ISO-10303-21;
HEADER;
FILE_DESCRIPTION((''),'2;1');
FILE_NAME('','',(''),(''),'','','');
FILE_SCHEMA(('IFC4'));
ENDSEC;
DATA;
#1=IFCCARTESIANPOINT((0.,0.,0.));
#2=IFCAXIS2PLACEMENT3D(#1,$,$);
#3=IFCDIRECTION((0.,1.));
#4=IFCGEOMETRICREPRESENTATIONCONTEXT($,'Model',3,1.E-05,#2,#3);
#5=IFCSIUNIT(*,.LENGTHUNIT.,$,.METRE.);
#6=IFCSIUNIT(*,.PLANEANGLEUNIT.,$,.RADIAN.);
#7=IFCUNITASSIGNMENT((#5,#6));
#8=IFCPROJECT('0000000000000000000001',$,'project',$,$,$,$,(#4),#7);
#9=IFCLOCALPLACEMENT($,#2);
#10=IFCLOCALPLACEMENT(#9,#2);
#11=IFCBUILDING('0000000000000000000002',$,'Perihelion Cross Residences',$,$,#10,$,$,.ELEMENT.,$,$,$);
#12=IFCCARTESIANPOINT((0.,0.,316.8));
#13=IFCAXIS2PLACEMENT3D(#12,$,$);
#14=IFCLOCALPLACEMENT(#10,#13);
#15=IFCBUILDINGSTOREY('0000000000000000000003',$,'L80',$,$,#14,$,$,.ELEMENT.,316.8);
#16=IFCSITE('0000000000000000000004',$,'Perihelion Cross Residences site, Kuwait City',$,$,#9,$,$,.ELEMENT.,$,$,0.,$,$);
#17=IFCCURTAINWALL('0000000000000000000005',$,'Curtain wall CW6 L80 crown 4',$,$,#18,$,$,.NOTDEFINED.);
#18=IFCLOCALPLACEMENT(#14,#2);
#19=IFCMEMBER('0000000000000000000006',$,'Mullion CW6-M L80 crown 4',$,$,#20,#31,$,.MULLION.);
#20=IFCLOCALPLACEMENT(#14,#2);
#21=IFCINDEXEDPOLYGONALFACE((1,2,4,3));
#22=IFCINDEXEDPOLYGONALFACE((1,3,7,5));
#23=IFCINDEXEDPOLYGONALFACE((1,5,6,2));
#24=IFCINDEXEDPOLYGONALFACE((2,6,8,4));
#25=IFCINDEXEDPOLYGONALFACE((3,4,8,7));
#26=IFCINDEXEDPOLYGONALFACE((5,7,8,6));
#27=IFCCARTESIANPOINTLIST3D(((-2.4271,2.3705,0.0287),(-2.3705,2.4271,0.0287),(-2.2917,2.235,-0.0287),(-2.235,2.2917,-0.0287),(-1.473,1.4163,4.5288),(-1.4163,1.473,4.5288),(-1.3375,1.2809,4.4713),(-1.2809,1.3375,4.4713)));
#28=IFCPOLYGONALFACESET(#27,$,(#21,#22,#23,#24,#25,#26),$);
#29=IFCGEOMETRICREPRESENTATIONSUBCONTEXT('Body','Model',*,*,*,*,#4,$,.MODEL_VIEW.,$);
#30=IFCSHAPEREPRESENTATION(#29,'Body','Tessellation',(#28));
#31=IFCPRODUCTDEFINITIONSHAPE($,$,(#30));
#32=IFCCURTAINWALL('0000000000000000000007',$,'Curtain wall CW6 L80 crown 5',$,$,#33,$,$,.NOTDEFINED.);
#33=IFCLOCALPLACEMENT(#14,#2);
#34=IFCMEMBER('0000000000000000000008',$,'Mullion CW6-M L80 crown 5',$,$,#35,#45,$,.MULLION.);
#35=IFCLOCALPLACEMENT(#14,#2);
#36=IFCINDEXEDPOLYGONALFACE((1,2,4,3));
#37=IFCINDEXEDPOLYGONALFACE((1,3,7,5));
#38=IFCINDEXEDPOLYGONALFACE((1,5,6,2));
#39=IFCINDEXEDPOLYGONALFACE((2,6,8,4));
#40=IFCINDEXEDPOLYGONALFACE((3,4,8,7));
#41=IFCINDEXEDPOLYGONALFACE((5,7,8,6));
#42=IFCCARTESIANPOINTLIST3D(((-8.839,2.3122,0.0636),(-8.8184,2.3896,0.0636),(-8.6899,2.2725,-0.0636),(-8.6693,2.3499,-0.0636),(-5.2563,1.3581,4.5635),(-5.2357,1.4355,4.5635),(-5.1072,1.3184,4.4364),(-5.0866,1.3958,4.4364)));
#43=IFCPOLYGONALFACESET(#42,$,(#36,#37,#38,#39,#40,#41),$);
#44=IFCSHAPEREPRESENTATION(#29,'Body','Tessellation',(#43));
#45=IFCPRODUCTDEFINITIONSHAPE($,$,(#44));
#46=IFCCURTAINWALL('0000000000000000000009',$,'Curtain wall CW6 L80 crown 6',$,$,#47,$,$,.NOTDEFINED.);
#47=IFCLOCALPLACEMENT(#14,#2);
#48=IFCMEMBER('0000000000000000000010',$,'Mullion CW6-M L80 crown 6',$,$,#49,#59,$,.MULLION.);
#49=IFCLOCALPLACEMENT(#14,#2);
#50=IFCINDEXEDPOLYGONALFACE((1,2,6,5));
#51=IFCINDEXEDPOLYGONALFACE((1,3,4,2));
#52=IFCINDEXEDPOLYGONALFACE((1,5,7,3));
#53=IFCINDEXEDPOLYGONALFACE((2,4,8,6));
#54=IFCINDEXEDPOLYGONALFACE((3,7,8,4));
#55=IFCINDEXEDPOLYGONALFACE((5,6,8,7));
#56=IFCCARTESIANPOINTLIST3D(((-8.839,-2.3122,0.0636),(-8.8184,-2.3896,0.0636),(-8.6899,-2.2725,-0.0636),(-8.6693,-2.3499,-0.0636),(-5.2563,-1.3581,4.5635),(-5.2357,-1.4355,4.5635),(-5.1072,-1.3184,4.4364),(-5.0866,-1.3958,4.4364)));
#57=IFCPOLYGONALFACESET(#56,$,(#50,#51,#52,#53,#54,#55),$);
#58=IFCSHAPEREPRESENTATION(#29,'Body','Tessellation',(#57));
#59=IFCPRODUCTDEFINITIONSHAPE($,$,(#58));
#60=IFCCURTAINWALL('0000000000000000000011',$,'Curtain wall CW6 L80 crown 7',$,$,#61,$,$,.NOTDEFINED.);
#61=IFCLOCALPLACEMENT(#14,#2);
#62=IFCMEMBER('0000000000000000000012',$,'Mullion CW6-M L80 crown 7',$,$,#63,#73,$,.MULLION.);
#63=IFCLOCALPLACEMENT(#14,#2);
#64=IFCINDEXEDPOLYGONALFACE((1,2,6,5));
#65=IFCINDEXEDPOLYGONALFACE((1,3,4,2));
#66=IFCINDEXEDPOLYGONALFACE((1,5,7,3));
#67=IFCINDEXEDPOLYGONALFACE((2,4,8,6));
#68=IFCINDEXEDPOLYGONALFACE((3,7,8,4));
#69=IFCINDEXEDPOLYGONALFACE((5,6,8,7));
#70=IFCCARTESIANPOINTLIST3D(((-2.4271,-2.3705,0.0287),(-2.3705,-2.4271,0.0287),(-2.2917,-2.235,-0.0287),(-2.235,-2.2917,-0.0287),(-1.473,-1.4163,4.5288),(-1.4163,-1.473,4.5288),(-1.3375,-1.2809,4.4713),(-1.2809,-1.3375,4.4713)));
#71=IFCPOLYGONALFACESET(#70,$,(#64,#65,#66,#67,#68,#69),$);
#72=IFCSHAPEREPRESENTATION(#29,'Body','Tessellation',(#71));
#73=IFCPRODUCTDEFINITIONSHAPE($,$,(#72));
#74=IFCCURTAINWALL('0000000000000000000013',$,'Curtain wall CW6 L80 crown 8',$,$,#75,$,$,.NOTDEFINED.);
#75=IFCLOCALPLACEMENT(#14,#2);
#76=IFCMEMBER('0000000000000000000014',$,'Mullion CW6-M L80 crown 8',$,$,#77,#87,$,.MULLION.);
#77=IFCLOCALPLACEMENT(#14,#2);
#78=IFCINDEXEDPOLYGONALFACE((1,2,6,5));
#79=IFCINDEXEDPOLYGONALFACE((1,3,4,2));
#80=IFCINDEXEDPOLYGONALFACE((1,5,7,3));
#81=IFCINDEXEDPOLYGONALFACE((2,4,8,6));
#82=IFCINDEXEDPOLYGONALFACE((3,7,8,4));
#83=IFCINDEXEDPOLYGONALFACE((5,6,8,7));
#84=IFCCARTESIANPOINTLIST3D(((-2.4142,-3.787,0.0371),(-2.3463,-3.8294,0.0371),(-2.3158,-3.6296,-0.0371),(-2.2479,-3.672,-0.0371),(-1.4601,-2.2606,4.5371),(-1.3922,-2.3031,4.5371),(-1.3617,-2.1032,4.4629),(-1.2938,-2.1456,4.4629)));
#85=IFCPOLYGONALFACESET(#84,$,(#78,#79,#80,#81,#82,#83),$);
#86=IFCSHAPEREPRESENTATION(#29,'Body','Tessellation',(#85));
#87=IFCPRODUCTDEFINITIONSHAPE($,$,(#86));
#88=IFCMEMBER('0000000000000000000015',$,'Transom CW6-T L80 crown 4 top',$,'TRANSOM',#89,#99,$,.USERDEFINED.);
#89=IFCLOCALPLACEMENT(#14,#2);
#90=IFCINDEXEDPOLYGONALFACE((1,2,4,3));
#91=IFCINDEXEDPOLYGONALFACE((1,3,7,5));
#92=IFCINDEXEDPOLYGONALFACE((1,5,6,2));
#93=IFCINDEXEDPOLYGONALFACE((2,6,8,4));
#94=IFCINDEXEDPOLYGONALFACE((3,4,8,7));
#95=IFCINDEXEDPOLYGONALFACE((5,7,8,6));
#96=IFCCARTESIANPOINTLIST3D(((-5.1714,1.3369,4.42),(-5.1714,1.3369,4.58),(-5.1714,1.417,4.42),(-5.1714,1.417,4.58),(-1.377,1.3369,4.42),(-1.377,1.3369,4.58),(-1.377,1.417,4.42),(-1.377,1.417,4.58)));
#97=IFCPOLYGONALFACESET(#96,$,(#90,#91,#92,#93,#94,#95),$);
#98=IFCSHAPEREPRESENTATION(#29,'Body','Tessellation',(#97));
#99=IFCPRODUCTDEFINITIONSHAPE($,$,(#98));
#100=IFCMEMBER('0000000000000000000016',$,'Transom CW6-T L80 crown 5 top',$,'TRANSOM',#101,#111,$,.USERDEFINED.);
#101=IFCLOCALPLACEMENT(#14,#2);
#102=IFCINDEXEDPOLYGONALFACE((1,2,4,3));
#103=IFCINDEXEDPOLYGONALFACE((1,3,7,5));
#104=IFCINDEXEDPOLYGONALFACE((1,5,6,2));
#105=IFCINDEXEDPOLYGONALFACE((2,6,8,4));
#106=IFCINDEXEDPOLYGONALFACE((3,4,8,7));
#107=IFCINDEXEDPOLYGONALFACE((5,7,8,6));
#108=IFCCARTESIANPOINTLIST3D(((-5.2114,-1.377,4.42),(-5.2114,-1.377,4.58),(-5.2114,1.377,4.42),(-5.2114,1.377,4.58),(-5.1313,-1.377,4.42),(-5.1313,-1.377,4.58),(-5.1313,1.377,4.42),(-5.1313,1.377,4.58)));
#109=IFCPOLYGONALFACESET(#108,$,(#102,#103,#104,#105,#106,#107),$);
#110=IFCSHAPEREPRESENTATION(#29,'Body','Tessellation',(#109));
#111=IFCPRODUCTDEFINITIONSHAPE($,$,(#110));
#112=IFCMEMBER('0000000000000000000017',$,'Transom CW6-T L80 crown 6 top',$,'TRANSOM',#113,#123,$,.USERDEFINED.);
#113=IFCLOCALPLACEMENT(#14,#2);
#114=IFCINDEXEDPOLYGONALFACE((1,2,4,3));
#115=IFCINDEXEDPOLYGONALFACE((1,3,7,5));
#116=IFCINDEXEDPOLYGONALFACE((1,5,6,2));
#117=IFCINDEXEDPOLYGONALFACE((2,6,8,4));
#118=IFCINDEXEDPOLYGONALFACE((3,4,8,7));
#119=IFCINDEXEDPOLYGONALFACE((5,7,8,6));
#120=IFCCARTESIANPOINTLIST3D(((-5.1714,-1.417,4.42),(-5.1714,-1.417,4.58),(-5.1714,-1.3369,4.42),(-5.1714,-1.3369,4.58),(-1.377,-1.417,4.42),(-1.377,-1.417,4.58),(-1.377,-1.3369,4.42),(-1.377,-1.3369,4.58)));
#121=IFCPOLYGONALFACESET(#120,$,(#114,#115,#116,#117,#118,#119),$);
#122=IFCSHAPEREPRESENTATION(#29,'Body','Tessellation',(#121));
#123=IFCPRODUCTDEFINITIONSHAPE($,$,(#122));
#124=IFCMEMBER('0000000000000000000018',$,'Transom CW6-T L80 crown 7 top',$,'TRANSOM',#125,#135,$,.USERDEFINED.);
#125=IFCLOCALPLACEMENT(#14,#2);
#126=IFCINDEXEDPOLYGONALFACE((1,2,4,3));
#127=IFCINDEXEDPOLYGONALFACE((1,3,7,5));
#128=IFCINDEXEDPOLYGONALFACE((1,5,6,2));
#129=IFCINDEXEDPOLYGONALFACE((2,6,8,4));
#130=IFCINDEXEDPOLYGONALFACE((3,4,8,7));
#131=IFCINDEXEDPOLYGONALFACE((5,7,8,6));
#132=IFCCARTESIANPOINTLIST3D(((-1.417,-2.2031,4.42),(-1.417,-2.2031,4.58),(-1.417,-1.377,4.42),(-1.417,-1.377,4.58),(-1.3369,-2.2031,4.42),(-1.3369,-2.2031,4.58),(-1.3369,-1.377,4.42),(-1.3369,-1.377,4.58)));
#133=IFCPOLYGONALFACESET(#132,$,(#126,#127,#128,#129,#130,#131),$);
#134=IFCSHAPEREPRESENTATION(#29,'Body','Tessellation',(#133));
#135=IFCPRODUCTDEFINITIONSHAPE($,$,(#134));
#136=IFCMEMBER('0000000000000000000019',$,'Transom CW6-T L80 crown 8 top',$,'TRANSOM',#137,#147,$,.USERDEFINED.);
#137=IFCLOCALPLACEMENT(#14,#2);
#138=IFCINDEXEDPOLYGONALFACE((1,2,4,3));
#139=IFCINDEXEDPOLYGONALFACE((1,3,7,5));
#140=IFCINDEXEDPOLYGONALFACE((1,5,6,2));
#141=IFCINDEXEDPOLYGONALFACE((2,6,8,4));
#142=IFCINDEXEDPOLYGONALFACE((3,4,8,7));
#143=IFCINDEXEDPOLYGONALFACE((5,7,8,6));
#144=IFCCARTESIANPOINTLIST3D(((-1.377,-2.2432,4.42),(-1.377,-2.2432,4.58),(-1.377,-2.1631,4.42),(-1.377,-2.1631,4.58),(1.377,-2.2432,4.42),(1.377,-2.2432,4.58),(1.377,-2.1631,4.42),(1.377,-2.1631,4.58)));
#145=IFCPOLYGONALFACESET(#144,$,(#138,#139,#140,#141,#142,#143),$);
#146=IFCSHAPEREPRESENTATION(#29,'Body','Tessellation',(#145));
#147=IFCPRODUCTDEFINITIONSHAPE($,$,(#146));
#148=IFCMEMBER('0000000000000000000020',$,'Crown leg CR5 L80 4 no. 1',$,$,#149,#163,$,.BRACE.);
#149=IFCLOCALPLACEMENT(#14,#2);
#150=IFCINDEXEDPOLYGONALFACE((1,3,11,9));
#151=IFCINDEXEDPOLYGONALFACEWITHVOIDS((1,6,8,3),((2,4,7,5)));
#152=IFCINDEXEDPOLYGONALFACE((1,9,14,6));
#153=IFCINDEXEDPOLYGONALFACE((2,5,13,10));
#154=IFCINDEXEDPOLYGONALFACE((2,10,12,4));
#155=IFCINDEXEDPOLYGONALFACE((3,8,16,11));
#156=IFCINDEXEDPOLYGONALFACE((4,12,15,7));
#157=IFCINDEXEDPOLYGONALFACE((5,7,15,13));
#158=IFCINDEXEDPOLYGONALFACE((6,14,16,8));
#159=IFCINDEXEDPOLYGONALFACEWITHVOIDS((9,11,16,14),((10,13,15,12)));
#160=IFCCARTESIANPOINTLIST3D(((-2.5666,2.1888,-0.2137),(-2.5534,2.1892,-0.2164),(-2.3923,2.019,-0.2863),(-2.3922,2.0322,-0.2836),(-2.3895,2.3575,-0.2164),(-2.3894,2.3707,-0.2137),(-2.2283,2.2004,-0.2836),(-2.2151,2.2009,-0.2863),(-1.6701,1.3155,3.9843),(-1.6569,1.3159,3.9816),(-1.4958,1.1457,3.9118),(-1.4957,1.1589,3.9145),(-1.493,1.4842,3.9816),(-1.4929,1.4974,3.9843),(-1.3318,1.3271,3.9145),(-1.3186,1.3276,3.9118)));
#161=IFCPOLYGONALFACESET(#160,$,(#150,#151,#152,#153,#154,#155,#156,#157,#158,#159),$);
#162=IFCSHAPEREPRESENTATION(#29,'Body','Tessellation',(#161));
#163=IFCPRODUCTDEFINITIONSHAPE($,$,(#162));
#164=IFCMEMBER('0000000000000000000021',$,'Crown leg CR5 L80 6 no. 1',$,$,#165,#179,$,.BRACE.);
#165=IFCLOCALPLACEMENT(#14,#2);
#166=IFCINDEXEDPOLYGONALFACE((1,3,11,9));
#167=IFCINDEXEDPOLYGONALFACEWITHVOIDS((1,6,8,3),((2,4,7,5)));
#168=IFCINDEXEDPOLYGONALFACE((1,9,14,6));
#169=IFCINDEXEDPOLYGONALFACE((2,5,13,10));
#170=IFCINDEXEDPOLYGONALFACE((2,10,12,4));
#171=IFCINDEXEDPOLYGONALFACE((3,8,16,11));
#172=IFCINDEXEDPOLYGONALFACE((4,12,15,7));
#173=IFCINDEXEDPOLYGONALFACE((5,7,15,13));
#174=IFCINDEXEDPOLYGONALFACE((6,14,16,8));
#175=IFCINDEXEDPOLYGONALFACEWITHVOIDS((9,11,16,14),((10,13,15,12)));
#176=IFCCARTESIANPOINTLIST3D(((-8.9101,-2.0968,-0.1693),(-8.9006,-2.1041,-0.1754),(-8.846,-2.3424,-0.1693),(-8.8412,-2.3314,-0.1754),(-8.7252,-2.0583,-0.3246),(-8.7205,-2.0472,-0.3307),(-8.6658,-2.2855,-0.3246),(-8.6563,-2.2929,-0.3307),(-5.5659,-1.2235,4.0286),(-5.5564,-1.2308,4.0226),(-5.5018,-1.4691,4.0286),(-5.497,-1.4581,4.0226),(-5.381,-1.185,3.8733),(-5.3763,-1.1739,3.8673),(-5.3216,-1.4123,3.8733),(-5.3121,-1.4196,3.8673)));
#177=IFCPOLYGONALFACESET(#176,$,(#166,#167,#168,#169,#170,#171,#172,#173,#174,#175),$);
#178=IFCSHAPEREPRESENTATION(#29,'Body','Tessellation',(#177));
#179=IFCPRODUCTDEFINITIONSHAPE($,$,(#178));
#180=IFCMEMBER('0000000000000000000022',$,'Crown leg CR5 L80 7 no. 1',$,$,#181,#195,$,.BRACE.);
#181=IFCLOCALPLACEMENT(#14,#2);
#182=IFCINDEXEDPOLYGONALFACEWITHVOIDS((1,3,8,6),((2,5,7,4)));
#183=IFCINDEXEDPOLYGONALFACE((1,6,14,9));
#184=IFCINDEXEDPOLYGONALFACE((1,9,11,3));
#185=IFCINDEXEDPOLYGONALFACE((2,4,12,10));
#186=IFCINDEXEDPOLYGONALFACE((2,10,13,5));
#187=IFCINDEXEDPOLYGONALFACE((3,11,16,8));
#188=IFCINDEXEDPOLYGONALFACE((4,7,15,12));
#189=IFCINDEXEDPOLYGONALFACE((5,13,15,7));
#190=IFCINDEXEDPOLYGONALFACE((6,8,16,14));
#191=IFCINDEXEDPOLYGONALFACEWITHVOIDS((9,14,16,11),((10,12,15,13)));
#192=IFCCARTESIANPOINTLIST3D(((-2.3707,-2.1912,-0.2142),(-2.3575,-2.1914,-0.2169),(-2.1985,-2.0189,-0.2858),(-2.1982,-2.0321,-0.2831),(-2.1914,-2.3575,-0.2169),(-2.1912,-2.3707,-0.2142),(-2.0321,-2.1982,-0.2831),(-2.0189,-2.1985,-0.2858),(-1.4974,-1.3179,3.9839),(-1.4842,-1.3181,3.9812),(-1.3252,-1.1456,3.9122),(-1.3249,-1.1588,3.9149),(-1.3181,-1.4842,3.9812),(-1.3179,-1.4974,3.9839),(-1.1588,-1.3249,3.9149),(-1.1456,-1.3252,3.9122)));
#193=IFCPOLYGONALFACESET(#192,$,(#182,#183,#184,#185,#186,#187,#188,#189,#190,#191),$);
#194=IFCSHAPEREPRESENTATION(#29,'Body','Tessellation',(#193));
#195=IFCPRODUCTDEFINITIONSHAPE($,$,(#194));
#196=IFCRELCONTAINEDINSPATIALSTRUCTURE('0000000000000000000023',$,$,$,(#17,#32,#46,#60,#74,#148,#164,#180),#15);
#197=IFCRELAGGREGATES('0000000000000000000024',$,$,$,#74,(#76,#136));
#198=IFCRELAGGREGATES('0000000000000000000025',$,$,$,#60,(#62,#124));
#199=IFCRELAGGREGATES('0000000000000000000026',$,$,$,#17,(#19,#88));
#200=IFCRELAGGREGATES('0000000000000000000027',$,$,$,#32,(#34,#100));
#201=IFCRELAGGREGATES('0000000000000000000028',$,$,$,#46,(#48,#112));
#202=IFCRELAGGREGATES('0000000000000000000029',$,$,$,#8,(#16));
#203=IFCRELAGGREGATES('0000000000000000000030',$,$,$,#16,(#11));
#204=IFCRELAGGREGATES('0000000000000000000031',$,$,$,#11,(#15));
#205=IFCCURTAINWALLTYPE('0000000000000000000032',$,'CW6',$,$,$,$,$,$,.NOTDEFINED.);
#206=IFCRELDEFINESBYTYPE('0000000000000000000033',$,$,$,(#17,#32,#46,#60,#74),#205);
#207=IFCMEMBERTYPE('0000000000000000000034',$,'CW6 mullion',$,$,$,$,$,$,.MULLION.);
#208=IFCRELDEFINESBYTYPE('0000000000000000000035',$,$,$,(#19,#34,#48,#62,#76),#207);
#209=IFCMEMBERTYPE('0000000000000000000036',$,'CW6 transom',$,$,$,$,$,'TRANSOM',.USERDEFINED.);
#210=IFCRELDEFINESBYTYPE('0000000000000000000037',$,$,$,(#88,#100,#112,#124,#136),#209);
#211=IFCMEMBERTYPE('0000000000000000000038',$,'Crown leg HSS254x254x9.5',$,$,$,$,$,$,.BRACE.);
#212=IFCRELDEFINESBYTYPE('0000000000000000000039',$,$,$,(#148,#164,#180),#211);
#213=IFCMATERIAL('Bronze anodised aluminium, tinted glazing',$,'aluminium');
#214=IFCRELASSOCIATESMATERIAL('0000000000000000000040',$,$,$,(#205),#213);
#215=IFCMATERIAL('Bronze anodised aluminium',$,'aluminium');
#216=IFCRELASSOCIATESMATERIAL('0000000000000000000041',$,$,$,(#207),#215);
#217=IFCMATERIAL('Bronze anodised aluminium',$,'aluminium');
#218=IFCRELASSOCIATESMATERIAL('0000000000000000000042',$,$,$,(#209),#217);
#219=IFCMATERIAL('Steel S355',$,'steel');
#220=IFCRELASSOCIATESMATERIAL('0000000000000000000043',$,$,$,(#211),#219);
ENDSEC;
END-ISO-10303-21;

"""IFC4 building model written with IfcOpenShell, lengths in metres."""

from ifc_helpers import new_model, si_unit, direction, frame, origin, origin_2d, place, context, subcontext, project, spatial, rectangle, hollow_rectangle, extrude, material, material_profile, profile_set, type_object, element, aggregate, save


model = new_model("IFC4")

# Units and contexts
model_context = context("Model", 3, precision=1e-05, world=origin(), true_north=direction((0.0, 1.0)))
body_context = subcontext(model_context, "Body", "Model", "MODEL_VIEW")
ifc_project = project(units=[si_unit("LENGTHUNIT", "METRE"), si_unit("PLANEANGLEUNIT", "RADIAN")], contexts=[model_context])

# Site, building, storey
site_placement = place(None, origin())
site = spatial("IfcSite", under=ifc_project, at=site_placement, Name="Perihelion Cross Residences site, Kuwait City", CompositionType="ELEMENT", RefElevation=0.0)
building_placement = place(site_placement, origin())
building = spatial("IfcBuilding", under=site, at=building_placement, Name="Perihelion Cross Residences", CompositionType="ELEMENT")
storey_placement = place(building_placement, frame((0.0, 0.0, 316.8)))
storey = spatial("IfcBuildingStorey", under=building, at=storey_placement, Name="L80", CompositionType="ELEMENT", Elevation=316.8)

# Curtain walls, members
ifc_material_1 = material(Name="Bronze anodised aluminium, tinted glazing", Category="aluminium")
curtain_wall_type = type_object("IfcCurtainWallType", Name="CW6", PredefinedType="NOTDEFINED", material=ifc_material_1)
curtain_wall_1_placement = place(storey_placement, origin())
curtain_wall_1 = element("IfcCurtainWall", 1, at=curtain_wall_1_placement, inside=storey, type_object=curtain_wall_type, Name="Curtain wall CW6 L80 crown 4", PredefinedType="NOTDEFINED")
ifc_material_2 = material(Name="Bronze anodised aluminium", Category="aluminium")
ifc_material_profile_1 = material_profile(ifc_material_2, rectangle(XDim=0.0801, YDim=0.2, at=origin_2d()), Name="CW6 mullion")
ifc_profile_set_1 = profile_set([ifc_material_profile_1], Name="Bronze anodised aluminium")
member_type_1 = type_object("IfcMemberType", Name="CW6 mullion", PredefinedType="MULLION", material=ifc_profile_set_1)
member_1_placement = place(storey_placement, frame((-2.3311, 2.3311, 0.0), z_axis=(0.203089, -0.203089, 0.957867), x_axis=(0.707107, 0.707107, 0.0)))
member_1 = element("IfcMember", 2, at=member_1_placement, type_object=member_type_1, Name="Mullion CW6-M L80 crown 4", PredefinedType="MULLION", context=body_context, shape_type="SweptSolid", body=[
    extrude(rectangle(XDim=0.0801, YDim=0.2, at=origin_2d()), origin(), (0.0, 0.0, 1.0), 4.698),
])
curtain_wall_2_placement = place(storey_placement, origin())
curtain_wall_2 = element("IfcCurtainWall", 3, at=curtain_wall_2_placement, inside=storey, type_object=curtain_wall_type, Name="Curtain wall CW6 L80 crown 5", PredefinedType="NOTDEFINED")
member_2_placement = place(storey_placement, frame((-8.7542, 2.3311, 0.0), z_axis=(0.61447, -0.163635, 0.771783), x_axis=(0.257335, 0.966322, 0.0)))
member_2 = element("IfcMember", 4, at=member_2_placement, type_object=member_type_1, Name="Mullion CW6-M L80 crown 5", PredefinedType="MULLION", context=body_context, shape_type="SweptSolid", body=[
    extrude(rectangle(XDim=0.0801, YDim=0.2, at=origin_2d()), origin(), (0.0, 0.0, 1.0), 5.8306),
])
curtain_wall_3_placement = place(storey_placement, origin())
curtain_wall_3 = element("IfcCurtainWall", 5, at=curtain_wall_3_placement, inside=storey, type_object=curtain_wall_type, Name="Curtain wall CW6 L80 crown 6", PredefinedType="NOTDEFINED")
member_3_placement = place(storey_placement, frame((-8.7542, -2.3311, 0.0), z_axis=(0.61447, 0.163635, 0.771783), x_axis=(-0.257335, 0.966322, 0.0)))
member_3 = element("IfcMember", 6, at=member_3_placement, type_object=member_type_1, Name="Mullion CW6-M L80 crown 6", PredefinedType="MULLION", context=body_context, shape_type="SweptSolid", body=[
    extrude(rectangle(XDim=0.0801, YDim=0.2, at=origin_2d()), origin(), (0.0, 0.0, 1.0), 5.8306),
])
curtain_wall_4_placement = place(storey_placement, origin())
curtain_wall_4 = element("IfcCurtainWall", 7, at=curtain_wall_4_placement, inside=storey, type_object=curtain_wall_type, Name="Curtain wall CW6 L80 crown 7", PredefinedType="NOTDEFINED")
member_4_placement = place(storey_placement, frame((-2.3311, -2.3311, 0.0), z_axis=(0.203089, 0.203089, 0.957867), x_axis=(-0.707107, 0.707107, 0.0)))
member_4 = element("IfcMember", 8, at=member_4_placement, type_object=member_type_1, Name="Mullion CW6-M L80 crown 7", PredefinedType="MULLION", context=body_context, shape_type="SweptSolid", body=[
    extrude(rectangle(XDim=0.0801, YDim=0.2, at=origin_2d()), origin(), (0.0, 0.0, 1.0), 4.698),
])
curtain_wall_5_placement = place(storey_placement, origin())
curtain_wall_5 = element("IfcCurtainWall", 9, at=curtain_wall_5_placement, inside=storey, type_object=curtain_wall_type, Name="Curtain wall CW6 L80 crown 8", PredefinedType="NOTDEFINED")
member_5_placement = place(storey_placement, frame((-2.3311, -3.7295, 0.0), z_axis=(0.196858, 0.314932, 0.928475), x_axis=(-0.847968, 0.530048, 0.0)))
member_5 = element("IfcMember", 10, at=member_5_placement, type_object=member_type_1, Name="Mullion CW6-M L80 crown 8", PredefinedType="MULLION", context=body_context, shape_type="SweptSolid", body=[
    extrude(rectangle(XDim=0.0801, YDim=0.2, at=origin_2d()), origin(), (0.0, 0.0, 1.0), 4.8467),
])

# Members
ifc_material_3 = material(Name="Bronze anodised aluminium", Category="aluminium")
ifc_material_profile_2 = material_profile(ifc_material_3, rectangle(XDim=0.0801, YDim=0.1599, at=origin_2d()), Name="CW6 transom")
ifc_profile_set_2 = profile_set([ifc_material_profile_2], Name="Bronze anodised aluminium")
member_type_2 = type_object("IfcMemberType", Name="CW6 transom", ElementType="TRANSOM", PredefinedType="USERDEFINED", material=ifc_profile_set_2)
member_6_placement = place(storey_placement, frame((-1.377, 1.377, 4.5), z_axis=(-1.0, 0.0, 0.0), x_axis=(0.0, -1.0, 0.0)))
member_6 = element("IfcMember", 11, at=member_6_placement, type_object=member_type_2, Name="Transom CW6-T L80 crown 4 top", ObjectType="TRANSOM", PredefinedType="USERDEFINED", context=body_context, shape_type="SweptSolid", body=[
    extrude(rectangle(XDim=0.0801, YDim=0.1599, at=origin_2d()), origin(), (0.0, 0.0, 1.0), 3.7944),
])
member_7_placement = place(storey_placement, frame((-5.1714, 1.377, 4.5), z_axis=(0.0, -1.0, 0.0), x_axis=(1.0, 0.0, 0.0)))
member_7 = element("IfcMember", 12, at=member_7_placement, type_object=member_type_2, Name="Transom CW6-T L80 crown 5 top", ObjectType="TRANSOM", PredefinedType="USERDEFINED", context=body_context, shape_type="SweptSolid", body=[
    extrude(rectangle(XDim=0.0801, YDim=0.1599, at=origin_2d()), origin(), (0.0, 0.0, 1.0), 2.7539),
])
member_8_placement = place(storey_placement, frame((-5.1714, -1.377, 4.5), z_axis=(1.0, 0.0, 0.0), x_axis=(0.0, 1.0, 0.0)))
member_8 = element("IfcMember", 13, at=member_8_placement, type_object=member_type_2, Name="Transom CW6-T L80 crown 6 top", ObjectType="TRANSOM", PredefinedType="USERDEFINED", context=body_context, shape_type="SweptSolid", body=[
    extrude(rectangle(XDim=0.0801, YDim=0.1599, at=origin_2d()), origin(), (0.0, 0.0, 1.0), 3.7944),
])
member_9_placement = place(storey_placement, frame((-1.377, -1.377, 4.5), z_axis=(0.0, -1.0, 0.0), x_axis=(1.0, 0.0, 0.0)))
member_9 = element("IfcMember", 14, at=member_9_placement, type_object=member_type_2, Name="Transom CW6-T L80 crown 7 top", ObjectType="TRANSOM", PredefinedType="USERDEFINED", context=body_context, shape_type="SweptSolid", body=[
    extrude(rectangle(XDim=0.0801, YDim=0.1599, at=origin_2d()), origin(), (0.0, 0.0, 1.0), 0.8262),
])
member_10_placement = place(storey_placement, frame((-1.377, -2.2031, 4.5), z_axis=(1.0, 0.0, 0.0), x_axis=(0.0, 1.0, 0.0)))
member_10 = element("IfcMember", 15, at=member_10_placement, type_object=member_type_2, Name="Transom CW6-T L80 crown 8 top", ObjectType="TRANSOM", PredefinedType="USERDEFINED", context=body_context, shape_type="SweptSolid", body=[
    extrude(rectangle(XDim=0.0801, YDim=0.1599, at=origin_2d()), origin(), (0.0, 0.0, 1.0), 2.7539),
])
aggregate(curtain_wall_5, [member_5, member_10])

# Members
ifc_material_4 = material(Name="Steel S355", Category="steel")
ifc_material_profile_3 = material_profile(ifc_material_4, hollow_rectangle(XDim=0.2539, YDim=0.2539, WallThickness=0.0095, at=origin_2d()), Name="HSS254x254x9.5")
ifc_profile_set_3 = profile_set([ifc_material_profile_3], Name="Steel S355")
member_type_3 = type_object("IfcMemberType", Name="Crown leg HSS254x254x9.5", PredefinedType="BRACE", material=ifc_profile_set_3)
member_11_placement = place(storey_placement, frame((-2.3909, 2.1948, -0.25), z_axis=(0.20465, -0.199355, 0.958319), x_axis=(0.69778, 0.716312, 0.0)))
element("IfcMember", 16, at=member_11_placement, inside=storey, type_object=member_type_3, Name="Crown leg CR5 L80 4 no. 1", PredefinedType="BRACE", context=body_context, shape_type="SweptSolid", body=[
    extrude(hollow_rectangle(XDim=0.2539, YDim=0.2539, WallThickness=0.0095, at=origin_2d()), origin(), (0.0, 0.0, 1.0), 4.3806),
])
member_12_placement = place(storey_placement, frame((-8.7832, -2.1948, -0.25), z_axis=(0.614998, 0.160596, 0.772002), x_axis=(-0.252661, 0.967555, 0.0)))
element("IfcMember", 17, at=member_12_placement, inside=storey, type_object=member_type_3, Name="Crown leg CR5 L80 6 no. 1", PredefinedType="BRACE", context=body_context, shape_type="SweptSolid", body=[
    extrude(hollow_rectangle(XDim=0.2539, YDim=0.2539, WallThickness=0.0095, at=origin_2d()), origin(), (0.0, 0.0, 1.0), 5.4377),
])
member_13_placement = place(storey_placement, frame((-2.1948, -2.1948, -0.25), z_axis=(0.199569, 0.199569, 0.959346), x_axis=(-0.707107, 0.707107, 0.0)))
element("IfcMember", 18, at=member_13_placement, inside=storey, type_object=member_type_3, Name="Crown leg CR5 L80 7 no. 1", PredefinedType="BRACE", context=body_context, shape_type="SweptSolid", body=[
    extrude(hollow_rectangle(XDim=0.2539, YDim=0.2539, WallThickness=0.0095, at=origin_2d()), origin(), (0.0, 0.0, 1.0), 4.376),
])

aggregate(curtain_wall_4, [member_4, member_9])

aggregate(curtain_wall_1, [member_1, member_6])
aggregate(curtain_wall_2, [member_2, member_7])
aggregate(curtain_wall_3, [member_3, member_8])

save(model, "model.ifc")
